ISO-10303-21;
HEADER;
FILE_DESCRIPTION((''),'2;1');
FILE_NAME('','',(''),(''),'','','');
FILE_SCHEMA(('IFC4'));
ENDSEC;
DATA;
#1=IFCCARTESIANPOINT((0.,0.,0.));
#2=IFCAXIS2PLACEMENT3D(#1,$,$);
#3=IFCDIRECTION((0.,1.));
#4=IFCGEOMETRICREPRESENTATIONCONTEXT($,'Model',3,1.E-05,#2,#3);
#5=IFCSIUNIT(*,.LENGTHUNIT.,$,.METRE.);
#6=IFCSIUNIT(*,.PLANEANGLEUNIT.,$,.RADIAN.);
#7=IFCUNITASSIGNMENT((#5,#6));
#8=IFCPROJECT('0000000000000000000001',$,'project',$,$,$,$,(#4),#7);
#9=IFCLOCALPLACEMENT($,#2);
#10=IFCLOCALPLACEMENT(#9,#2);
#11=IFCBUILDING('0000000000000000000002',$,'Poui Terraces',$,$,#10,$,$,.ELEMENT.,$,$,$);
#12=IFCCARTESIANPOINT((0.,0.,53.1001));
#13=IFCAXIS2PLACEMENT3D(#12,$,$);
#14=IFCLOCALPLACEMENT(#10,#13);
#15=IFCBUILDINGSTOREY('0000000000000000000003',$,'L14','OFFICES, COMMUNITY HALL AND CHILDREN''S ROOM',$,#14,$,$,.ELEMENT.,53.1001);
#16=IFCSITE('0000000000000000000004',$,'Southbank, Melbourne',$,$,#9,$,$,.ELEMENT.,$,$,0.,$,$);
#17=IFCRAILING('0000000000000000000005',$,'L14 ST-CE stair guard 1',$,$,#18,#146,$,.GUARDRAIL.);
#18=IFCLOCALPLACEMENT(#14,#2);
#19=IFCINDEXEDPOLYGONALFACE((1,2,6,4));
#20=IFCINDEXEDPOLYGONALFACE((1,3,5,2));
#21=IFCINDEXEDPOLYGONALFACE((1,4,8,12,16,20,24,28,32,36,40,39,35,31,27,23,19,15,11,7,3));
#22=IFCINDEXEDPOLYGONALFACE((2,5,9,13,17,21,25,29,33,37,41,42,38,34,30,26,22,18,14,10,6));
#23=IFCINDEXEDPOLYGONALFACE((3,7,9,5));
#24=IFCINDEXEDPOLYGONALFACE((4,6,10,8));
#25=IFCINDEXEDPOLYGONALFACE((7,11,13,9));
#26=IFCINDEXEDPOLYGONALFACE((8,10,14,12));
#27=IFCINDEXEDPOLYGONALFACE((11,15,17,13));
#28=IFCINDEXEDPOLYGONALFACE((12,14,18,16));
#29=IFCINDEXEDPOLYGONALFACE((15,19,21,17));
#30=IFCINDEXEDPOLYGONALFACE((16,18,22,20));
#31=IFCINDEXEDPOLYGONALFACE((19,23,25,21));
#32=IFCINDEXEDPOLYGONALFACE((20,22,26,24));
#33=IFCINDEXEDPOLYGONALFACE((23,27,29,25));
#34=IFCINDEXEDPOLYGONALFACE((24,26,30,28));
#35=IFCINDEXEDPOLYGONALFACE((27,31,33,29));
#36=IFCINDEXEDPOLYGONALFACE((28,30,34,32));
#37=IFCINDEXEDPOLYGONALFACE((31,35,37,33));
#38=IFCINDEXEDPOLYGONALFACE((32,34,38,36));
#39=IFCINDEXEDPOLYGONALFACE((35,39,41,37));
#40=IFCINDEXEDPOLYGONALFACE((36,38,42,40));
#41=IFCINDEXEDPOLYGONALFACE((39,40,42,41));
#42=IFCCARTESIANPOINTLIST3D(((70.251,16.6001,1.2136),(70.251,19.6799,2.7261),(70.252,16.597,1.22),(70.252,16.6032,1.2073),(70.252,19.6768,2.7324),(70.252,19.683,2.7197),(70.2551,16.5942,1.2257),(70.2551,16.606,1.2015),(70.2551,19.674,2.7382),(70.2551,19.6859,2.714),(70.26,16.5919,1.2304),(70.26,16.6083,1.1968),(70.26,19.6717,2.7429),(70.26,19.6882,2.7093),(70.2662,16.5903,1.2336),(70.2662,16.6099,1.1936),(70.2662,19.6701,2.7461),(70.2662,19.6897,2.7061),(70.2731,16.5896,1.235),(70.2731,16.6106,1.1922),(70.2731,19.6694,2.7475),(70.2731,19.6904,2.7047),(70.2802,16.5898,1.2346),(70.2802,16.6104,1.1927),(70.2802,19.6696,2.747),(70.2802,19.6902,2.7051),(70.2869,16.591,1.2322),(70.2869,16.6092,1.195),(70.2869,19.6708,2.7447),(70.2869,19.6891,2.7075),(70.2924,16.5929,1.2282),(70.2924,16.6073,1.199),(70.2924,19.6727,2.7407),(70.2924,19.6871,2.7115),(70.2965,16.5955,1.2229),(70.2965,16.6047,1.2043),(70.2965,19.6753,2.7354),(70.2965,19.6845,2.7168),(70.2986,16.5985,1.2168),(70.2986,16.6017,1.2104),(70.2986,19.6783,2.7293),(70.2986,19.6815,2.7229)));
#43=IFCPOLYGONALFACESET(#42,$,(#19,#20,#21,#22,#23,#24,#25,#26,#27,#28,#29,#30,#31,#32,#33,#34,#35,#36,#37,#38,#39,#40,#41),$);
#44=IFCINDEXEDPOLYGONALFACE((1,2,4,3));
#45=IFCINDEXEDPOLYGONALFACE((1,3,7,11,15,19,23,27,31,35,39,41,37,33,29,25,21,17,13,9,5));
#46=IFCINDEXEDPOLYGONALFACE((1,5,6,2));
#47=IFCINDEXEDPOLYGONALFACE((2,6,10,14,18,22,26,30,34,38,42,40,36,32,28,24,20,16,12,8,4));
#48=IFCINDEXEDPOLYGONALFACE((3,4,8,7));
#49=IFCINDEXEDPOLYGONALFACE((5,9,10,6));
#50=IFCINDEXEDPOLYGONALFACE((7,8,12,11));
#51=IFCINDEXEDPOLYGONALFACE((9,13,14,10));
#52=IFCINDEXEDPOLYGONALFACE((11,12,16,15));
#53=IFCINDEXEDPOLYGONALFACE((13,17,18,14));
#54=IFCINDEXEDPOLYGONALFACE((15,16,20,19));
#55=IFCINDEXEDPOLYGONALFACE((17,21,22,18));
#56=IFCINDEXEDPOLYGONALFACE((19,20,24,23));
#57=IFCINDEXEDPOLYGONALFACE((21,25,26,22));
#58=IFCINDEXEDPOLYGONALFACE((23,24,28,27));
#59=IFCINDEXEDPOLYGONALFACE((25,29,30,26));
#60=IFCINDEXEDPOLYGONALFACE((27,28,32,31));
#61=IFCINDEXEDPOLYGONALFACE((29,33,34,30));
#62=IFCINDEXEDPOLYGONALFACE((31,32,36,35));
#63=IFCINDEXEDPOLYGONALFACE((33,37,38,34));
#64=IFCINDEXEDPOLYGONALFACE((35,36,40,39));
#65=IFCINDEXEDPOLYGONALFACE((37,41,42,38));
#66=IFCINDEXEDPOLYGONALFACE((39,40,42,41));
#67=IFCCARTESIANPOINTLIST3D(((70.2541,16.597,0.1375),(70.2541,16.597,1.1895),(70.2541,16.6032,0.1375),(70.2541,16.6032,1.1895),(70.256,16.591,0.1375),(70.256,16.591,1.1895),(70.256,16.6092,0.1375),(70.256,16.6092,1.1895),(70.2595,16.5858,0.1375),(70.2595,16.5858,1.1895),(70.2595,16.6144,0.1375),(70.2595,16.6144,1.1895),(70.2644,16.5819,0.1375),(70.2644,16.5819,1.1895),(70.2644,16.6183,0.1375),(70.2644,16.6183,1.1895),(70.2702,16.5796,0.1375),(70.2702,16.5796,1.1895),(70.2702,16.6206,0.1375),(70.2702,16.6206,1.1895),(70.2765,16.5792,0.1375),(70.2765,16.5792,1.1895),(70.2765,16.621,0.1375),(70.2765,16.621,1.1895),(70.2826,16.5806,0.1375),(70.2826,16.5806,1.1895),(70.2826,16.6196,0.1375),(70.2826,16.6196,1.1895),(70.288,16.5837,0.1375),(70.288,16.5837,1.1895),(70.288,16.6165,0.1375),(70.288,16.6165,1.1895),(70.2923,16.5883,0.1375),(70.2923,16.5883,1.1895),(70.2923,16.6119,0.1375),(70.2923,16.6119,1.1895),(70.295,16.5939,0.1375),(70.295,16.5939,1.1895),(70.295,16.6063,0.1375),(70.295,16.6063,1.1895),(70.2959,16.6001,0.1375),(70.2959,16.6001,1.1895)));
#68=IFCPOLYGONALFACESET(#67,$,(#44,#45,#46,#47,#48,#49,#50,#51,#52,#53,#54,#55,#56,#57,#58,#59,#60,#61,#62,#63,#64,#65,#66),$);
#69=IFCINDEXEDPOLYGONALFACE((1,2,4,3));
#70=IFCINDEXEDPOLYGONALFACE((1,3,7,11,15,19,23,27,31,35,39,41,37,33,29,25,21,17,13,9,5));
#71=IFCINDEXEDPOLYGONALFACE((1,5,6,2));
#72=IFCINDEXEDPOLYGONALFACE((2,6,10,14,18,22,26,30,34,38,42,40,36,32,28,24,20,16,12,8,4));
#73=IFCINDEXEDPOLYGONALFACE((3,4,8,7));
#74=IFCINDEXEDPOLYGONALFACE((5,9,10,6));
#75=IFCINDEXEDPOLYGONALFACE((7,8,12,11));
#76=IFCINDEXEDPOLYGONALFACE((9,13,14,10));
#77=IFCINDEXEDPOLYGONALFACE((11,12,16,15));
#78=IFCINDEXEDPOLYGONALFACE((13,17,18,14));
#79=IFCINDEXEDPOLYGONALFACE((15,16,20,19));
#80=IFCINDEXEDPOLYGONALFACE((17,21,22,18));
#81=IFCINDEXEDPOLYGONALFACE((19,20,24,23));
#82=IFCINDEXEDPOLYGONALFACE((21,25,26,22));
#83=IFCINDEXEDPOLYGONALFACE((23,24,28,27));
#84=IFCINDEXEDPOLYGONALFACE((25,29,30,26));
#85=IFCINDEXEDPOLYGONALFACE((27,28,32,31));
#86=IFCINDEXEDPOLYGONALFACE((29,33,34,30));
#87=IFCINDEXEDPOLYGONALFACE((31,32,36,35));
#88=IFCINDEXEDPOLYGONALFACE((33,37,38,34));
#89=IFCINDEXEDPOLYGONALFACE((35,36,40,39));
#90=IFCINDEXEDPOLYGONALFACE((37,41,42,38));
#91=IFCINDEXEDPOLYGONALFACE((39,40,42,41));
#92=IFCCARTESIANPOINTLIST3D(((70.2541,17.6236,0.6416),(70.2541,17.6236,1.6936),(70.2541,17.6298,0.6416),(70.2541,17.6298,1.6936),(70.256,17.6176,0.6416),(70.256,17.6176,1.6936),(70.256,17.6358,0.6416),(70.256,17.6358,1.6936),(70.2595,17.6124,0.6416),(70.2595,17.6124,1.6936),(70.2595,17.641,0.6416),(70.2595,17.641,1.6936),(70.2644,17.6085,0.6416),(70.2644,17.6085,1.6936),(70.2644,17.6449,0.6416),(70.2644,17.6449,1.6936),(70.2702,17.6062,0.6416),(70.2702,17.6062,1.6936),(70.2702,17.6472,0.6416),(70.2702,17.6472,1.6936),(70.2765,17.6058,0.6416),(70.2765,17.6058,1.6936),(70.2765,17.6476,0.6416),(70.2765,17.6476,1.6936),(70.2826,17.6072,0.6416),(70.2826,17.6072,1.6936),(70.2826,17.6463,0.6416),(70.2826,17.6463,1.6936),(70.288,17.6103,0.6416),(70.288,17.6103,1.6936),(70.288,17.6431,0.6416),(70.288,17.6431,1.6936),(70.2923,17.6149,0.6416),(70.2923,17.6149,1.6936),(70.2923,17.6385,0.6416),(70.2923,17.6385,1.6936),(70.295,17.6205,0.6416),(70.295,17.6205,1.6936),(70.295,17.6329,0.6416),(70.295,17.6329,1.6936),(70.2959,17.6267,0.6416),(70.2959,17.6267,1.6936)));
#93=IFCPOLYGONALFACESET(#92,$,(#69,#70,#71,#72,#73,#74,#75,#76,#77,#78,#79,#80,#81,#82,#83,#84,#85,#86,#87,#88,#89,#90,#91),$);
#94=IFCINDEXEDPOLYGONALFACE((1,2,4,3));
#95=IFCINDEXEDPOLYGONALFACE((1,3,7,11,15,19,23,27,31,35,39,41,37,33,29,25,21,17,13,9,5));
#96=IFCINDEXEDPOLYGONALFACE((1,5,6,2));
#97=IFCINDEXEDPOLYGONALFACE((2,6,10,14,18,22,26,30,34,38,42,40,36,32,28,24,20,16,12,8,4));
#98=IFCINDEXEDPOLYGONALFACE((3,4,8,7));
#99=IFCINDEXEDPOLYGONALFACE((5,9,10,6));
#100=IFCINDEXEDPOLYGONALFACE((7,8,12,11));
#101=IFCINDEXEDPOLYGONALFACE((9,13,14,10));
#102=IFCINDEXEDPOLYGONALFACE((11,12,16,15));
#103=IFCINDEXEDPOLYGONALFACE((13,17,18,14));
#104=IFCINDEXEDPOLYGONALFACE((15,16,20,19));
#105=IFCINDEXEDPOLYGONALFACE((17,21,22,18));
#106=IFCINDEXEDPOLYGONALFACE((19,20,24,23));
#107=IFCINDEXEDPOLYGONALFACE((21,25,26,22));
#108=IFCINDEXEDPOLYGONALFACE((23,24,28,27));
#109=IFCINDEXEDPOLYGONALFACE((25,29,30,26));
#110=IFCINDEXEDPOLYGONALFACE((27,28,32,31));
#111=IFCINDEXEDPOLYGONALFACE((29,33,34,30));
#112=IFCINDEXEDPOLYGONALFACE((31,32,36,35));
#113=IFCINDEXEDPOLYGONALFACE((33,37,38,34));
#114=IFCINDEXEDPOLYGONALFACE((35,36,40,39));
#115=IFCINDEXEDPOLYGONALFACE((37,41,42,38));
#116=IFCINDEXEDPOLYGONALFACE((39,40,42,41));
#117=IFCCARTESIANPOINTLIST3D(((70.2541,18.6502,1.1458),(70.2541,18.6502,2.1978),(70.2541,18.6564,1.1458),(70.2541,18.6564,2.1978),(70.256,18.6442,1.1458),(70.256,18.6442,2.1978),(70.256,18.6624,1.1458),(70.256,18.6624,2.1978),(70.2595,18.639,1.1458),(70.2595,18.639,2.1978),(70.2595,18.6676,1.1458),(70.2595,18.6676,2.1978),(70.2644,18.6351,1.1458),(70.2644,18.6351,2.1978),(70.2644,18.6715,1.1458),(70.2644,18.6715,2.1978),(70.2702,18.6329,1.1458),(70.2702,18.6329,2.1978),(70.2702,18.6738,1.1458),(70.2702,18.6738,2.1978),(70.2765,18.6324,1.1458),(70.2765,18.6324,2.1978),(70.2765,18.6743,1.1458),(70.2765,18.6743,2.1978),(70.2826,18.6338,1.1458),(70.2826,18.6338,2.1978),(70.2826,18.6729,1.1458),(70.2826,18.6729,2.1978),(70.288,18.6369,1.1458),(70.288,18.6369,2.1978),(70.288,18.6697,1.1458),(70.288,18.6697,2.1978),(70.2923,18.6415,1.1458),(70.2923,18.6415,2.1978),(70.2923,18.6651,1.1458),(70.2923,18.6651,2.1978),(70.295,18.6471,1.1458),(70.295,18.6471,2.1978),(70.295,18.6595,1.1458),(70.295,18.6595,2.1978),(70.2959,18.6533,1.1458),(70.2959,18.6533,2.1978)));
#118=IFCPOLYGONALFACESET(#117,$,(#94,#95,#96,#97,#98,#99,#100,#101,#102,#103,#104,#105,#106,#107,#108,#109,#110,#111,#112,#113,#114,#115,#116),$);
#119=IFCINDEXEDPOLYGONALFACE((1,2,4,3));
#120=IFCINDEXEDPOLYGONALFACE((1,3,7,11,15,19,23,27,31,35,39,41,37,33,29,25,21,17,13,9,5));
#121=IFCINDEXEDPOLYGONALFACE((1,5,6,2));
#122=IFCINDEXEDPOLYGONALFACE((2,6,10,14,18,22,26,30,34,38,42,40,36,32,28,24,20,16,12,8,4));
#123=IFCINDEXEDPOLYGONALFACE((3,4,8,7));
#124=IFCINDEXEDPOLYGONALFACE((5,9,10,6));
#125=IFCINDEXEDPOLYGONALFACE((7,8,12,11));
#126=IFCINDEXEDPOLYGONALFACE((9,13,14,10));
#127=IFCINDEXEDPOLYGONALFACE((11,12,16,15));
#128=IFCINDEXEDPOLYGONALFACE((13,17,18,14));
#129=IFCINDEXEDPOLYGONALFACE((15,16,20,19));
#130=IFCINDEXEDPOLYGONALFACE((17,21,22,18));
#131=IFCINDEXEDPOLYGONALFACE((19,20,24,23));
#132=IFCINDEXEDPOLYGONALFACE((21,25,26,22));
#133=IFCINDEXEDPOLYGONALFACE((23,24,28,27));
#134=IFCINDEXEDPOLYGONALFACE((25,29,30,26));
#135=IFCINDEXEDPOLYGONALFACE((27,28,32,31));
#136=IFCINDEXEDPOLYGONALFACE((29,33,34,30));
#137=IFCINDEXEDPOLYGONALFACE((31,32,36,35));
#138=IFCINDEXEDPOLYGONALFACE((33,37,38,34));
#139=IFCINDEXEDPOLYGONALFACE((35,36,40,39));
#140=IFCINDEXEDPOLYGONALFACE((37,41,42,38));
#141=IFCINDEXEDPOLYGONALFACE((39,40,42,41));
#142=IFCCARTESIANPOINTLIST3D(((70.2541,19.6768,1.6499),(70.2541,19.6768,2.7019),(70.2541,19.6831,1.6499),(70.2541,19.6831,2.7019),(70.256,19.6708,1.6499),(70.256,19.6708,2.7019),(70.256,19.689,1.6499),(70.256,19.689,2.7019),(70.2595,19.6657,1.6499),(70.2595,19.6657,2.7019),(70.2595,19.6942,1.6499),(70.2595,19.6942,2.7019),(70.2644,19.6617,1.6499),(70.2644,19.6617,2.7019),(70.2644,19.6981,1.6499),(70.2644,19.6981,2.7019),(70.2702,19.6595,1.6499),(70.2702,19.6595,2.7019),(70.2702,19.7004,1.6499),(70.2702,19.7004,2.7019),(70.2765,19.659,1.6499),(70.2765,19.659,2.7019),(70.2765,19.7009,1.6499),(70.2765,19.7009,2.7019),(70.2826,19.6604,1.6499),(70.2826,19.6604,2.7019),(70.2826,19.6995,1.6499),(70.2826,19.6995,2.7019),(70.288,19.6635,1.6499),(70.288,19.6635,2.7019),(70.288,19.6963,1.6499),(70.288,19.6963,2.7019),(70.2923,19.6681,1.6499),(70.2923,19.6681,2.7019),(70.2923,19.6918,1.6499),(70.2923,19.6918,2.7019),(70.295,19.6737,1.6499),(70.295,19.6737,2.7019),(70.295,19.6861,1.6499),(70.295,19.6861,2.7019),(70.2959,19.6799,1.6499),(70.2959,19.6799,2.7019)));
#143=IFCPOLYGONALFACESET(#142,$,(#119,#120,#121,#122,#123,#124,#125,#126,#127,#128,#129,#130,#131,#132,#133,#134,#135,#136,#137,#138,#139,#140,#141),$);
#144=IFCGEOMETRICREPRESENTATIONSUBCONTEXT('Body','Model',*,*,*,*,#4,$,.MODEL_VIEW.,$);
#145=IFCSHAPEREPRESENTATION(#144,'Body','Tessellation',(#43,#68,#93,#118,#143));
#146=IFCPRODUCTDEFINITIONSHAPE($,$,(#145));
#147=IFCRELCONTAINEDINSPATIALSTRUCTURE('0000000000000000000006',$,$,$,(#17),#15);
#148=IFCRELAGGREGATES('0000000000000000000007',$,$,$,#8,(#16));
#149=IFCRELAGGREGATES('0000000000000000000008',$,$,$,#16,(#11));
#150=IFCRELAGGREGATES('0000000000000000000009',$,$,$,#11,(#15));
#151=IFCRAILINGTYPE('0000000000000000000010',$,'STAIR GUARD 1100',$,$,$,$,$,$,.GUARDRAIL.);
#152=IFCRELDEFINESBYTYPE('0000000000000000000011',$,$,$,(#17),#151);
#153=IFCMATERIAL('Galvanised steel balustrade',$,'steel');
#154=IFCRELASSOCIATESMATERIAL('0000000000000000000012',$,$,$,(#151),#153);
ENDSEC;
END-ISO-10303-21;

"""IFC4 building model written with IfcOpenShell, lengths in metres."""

from ifc_helpers import new_model, si_unit, direction, frame, origin, origin_2d, place, context, subcontext, project, spatial, circle, extrude, material, type_object, element, save


model = new_model("IFC4")

# Units and contexts
model_context = context("Model", 3, precision=1e-05, world=origin(), true_north=direction((0.0, 1.0)))
body_context = subcontext(model_context, "Body", "Model", "MODEL_VIEW")
ifc_project = project(units=[si_unit("LENGTHUNIT", "METRE"), si_unit("PLANEANGLEUNIT", "RADIAN")], contexts=[model_context])

# Site, building, storey
site_placement = place(None, origin())
site = spatial("IfcSite", under=ifc_project, at=site_placement, Name="Southbank, Melbourne", CompositionType="ELEMENT", RefElevation=0.0)
building_placement = place(site_placement, origin())
building = spatial("IfcBuilding", under=site, at=building_placement, Name="Poui Terraces", CompositionType="ELEMENT")
storey_placement = place(building_placement, frame((0.0, 0.0, 53.1001)))
storey = spatial("IfcBuildingStorey", under=building, at=storey_placement, Name="L14", Description="OFFICES, COMMUNITY HALL AND CHILDREN'S ROOM", CompositionType="ELEMENT", Elevation=53.1001)

# Railing
ifc_material_1 = material(Name="Galvanised steel balustrade", Category="steel")
railing_type_1 = type_object("IfcRailingType", Name="STAIR GUARD 1100", PredefinedType="GUARDRAIL", material=ifc_material_1)
railing_1_placement = place(storey_placement, frame((70.2749, 16.6001, 0.1375)))
element("IfcRailing", 1, at=railing_1_placement, inside=storey, type_object=railing_type_1, Name="L14 ST-CE stair guard 1", PredefinedType="GUARDRAIL", context=body_context, shape_type="SweptSolid", body=[
    extrude(circle(Radius=0.0239, at=origin_2d()), frame((0.0, 0.0, 1.0762), z_axis=(0.0, 0.897606, 0.440798), x_axis=(-1.0, 0.0, 0.0)), (0.0, 0.0, 1.0), 3.4312),
    extrude(circle(Radius=0.021, at=origin_2d()), origin(), (0.0, 0.0, 1.0), 1.052),
    extrude(circle(Radius=0.021, at=origin_2d()), frame((0.0, 1.0266, 0.5042)), (0.0, 0.0, 1.0), 1.052),
    extrude(circle(Radius=0.021, at=origin_2d()), frame((0.0, 2.0532, 1.0083)), (0.0, 0.0, 1.0), 1.052),
    extrude(circle(Radius=0.021, at=origin_2d()), frame((0.0, 3.0798, 1.5125)), (0.0, 0.0, 1.0), 1.052),
])

save(model, "model.ifc")
